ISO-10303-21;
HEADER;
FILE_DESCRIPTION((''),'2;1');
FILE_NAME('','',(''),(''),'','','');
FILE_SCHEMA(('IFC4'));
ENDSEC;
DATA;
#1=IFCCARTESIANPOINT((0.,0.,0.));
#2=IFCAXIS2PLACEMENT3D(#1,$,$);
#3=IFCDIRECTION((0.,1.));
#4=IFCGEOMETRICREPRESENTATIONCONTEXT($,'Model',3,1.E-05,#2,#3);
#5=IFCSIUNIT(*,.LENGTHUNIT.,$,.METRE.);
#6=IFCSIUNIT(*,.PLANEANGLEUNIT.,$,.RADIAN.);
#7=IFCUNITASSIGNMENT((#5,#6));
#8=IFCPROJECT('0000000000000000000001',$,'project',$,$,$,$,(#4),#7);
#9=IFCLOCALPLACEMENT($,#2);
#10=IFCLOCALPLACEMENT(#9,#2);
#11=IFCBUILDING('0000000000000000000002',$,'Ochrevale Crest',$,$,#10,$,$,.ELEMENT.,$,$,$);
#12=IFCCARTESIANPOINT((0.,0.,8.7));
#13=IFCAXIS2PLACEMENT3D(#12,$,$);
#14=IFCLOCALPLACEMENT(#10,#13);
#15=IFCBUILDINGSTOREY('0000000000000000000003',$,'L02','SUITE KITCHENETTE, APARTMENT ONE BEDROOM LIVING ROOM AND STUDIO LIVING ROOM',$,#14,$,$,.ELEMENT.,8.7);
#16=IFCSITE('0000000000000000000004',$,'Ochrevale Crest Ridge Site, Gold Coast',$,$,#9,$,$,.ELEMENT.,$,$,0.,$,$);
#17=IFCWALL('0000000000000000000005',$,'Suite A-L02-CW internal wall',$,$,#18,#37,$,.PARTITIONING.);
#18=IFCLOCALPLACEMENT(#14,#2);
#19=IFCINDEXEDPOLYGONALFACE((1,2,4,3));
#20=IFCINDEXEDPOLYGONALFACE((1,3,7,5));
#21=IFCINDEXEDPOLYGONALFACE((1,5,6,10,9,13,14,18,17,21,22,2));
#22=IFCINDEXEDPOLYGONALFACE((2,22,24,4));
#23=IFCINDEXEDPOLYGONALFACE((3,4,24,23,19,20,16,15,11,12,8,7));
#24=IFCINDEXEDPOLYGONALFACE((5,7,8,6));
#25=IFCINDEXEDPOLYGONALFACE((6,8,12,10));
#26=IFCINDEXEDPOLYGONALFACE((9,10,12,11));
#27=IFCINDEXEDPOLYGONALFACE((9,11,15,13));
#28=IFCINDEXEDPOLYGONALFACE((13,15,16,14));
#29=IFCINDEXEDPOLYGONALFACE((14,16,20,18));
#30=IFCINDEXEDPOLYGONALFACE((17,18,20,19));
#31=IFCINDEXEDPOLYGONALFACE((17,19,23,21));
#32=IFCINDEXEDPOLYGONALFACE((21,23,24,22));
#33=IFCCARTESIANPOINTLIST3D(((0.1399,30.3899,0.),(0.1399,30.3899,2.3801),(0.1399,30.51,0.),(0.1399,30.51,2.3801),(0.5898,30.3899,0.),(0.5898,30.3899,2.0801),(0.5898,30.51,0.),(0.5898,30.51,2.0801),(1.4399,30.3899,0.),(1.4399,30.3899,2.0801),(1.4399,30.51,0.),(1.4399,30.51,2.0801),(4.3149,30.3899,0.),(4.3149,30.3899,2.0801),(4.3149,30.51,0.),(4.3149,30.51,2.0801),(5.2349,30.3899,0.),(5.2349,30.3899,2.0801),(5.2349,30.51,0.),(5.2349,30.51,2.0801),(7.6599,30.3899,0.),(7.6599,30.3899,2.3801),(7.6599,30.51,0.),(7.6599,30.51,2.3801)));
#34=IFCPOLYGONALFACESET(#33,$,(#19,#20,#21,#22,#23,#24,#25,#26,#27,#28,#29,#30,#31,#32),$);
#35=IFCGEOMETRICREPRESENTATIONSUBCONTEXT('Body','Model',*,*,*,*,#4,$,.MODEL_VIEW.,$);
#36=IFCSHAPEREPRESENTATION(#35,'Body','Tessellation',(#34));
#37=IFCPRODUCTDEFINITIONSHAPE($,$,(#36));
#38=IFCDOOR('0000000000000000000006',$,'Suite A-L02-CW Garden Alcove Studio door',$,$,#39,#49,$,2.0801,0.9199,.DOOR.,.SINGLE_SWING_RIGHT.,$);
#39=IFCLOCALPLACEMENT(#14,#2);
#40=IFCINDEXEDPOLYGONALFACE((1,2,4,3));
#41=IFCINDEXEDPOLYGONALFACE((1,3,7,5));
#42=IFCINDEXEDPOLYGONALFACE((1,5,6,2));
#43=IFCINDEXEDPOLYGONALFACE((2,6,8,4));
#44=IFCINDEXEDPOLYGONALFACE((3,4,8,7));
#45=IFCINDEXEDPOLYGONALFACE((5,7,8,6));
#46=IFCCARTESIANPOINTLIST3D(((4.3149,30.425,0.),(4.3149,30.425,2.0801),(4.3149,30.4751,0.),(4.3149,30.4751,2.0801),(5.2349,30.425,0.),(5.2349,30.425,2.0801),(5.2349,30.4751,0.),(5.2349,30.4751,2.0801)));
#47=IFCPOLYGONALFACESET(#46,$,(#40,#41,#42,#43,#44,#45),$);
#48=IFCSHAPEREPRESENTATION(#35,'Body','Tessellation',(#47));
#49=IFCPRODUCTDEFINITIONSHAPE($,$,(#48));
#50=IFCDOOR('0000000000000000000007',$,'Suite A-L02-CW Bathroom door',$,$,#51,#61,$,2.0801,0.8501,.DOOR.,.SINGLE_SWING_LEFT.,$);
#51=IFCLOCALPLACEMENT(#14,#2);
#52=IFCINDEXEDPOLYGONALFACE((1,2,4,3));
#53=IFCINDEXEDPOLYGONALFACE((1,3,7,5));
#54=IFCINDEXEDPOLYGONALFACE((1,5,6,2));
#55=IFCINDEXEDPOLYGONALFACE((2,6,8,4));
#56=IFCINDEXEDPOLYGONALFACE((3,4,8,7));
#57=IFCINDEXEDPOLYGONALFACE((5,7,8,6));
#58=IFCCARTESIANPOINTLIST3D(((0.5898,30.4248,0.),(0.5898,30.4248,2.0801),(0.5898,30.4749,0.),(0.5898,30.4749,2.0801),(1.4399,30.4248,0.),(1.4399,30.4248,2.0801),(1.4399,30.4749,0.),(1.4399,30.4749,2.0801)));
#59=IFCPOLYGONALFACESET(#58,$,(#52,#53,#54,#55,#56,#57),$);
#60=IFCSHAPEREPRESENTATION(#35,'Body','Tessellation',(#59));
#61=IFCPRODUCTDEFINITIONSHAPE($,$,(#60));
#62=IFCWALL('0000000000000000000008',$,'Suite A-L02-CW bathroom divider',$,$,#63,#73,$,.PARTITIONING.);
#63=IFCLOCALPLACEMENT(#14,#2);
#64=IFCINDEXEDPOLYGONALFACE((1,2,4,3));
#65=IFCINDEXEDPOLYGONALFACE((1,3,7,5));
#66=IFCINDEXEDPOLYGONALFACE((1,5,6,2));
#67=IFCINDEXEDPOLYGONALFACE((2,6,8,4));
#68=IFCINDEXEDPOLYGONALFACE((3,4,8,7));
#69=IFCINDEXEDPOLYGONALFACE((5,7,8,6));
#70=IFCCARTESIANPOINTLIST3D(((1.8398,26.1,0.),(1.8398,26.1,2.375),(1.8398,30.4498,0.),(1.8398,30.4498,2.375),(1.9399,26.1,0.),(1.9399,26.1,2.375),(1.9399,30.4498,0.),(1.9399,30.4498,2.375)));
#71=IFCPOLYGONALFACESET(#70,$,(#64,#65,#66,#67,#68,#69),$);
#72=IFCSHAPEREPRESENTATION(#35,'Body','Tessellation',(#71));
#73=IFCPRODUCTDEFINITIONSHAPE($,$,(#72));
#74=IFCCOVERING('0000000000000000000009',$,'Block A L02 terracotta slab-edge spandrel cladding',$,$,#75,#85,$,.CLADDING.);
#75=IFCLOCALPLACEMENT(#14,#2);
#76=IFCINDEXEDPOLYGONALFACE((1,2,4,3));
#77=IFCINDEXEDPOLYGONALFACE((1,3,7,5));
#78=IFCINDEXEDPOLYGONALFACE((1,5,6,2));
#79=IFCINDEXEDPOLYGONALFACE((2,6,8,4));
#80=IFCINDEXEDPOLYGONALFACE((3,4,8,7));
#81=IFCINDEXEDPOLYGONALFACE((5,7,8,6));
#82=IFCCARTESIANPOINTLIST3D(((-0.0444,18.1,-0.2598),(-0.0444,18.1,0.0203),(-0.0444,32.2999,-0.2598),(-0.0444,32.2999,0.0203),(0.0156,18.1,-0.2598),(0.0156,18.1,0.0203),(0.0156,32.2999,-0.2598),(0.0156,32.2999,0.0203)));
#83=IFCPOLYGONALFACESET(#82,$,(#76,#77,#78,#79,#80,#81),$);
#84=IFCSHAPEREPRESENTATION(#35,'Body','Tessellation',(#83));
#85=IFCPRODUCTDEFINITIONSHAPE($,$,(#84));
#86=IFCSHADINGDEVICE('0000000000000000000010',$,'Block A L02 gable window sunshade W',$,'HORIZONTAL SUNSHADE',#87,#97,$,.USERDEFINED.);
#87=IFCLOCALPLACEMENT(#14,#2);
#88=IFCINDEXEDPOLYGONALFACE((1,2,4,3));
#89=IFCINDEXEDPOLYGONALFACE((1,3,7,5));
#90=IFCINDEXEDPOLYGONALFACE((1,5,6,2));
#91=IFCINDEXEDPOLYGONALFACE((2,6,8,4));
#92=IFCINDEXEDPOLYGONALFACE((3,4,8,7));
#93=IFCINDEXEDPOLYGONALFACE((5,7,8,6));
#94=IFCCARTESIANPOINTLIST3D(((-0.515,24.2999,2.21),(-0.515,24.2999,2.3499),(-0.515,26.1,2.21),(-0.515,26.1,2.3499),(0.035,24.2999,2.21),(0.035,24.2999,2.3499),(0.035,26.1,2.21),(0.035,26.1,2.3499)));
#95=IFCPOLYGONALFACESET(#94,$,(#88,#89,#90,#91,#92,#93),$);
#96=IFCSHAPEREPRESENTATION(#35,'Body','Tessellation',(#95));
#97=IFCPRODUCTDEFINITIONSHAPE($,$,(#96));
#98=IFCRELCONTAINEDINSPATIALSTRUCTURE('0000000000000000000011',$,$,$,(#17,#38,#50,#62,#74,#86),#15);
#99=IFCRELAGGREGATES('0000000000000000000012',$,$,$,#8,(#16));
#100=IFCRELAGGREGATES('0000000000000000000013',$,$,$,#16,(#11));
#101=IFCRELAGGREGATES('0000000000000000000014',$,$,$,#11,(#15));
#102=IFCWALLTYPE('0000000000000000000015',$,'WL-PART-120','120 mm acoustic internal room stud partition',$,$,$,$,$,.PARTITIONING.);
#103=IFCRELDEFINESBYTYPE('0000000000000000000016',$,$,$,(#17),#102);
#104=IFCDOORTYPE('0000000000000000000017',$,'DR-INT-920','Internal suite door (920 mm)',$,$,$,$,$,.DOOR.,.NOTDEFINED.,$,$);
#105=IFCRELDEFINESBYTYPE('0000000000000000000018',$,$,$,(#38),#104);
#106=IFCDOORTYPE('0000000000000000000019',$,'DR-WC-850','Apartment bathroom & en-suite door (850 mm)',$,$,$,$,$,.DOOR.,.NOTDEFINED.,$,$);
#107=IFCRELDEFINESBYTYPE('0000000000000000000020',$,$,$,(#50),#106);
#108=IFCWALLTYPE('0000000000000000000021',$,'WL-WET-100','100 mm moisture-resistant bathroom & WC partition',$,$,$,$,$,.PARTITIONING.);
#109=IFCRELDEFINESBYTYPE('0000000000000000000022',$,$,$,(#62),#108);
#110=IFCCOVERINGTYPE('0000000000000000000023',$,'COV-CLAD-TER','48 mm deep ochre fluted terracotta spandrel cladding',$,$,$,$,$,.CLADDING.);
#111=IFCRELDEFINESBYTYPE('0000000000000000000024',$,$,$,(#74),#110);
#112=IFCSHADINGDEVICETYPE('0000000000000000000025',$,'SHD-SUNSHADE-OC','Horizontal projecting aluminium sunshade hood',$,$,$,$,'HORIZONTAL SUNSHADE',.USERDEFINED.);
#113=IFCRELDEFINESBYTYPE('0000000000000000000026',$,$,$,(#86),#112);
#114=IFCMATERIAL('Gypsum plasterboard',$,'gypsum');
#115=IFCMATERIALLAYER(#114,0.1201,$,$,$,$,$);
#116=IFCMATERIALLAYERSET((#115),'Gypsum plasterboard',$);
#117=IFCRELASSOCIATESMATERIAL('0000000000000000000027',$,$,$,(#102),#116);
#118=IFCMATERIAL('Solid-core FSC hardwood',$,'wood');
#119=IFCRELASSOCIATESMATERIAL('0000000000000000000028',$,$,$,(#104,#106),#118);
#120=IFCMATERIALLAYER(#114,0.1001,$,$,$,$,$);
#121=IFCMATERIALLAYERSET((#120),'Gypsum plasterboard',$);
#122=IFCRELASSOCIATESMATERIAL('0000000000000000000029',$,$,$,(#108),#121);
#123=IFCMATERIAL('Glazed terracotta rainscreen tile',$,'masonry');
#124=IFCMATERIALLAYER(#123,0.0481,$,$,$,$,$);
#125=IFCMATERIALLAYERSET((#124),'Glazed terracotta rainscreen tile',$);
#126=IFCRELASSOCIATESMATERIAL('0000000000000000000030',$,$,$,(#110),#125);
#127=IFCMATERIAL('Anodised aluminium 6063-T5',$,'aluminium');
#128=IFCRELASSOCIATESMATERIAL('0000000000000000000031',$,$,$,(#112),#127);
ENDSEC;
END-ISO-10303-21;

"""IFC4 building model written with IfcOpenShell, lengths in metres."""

from ifc_helpers import new_model, si_unit, direction, frame, frame_2d, origin, origin_2d, place, context, subcontext, project, spatial, rectangle, extrude, material, layer, layer_set, type_object, element, fill, save


model = new_model("IFC4")

# Units and contexts
model_context = context("Model", 3, precision=1e-05, world=origin(), true_north=direction((0.0, 1.0)))
body_context = subcontext(model_context, "Body", "Model", "MODEL_VIEW")
ifc_project = project(units=[si_unit("LENGTHUNIT", "METRE"), si_unit("PLANEANGLEUNIT", "RADIAN")], contexts=[model_context])

# Site, building, storey
site_placement = place(None, origin())
site = spatial("IfcSite", under=ifc_project, at=site_placement, Name="Ochrevale Crest Ridge Site, Gold Coast", CompositionType="ELEMENT", RefElevation=0.0)
building_placement = place(site_placement, origin())
building = spatial("IfcBuilding", under=site, at=building_placement, Name="Ochrevale Crest", CompositionType="ELEMENT")
storey_placement = place(building_placement, frame((0.0, 0.0, 8.7)))
storey = spatial("IfcBuildingStorey", under=building, at=storey_placement, Name="L02", Description="SUITE KITCHENETTE, APARTMENT ONE BEDROOM LIVING ROOM AND STUDIO LIVING ROOM", CompositionType="ELEMENT", Elevation=8.7)

# Shared definitions
ifc_material_1 = material(Name="Gypsum plasterboard", Category="gypsum")
ifc_material_2 = material(Name="Solid-core FSC hardwood", Category="wood")

# Wall, openings, doors
ifc_layer_1 = layer(ifc_material_1, 0.1201)
ifc_layer_set_1 = layer_set([ifc_layer_1], Name="Gypsum plasterboard")
wall_type_1 = type_object("IfcWallType", Name="WL-PART-120", Description="120 mm acoustic internal room stud partition", PredefinedType="PARTITIONING", material=ifc_layer_set_1)
wall_1_placement = place(storey_placement, frame((0.1399, 30.45, 0.0), z_axis=(0.0, 0.0, 1.0), x_axis=(1.0, 0.0, 0.0)))
wall_1 = element("IfcWall", 1, at=wall_1_placement, inside=storey, type_object=wall_type_1, Name="Suite A-L02-CW internal wall", PredefinedType="PARTITIONING", context=body_context, shape_type="SweptSolid", body=[
    extrude(rectangle(XDim=7.52, YDim=0.1201, at=frame_2d((3.76, 0.0))), origin(), (0.0, 0.0, 1.0), 2.3801),
])
opening_1_placement = place(wall_1_placement, frame((0.45, 0.0, 0.0)))
opening_1 = element("IfcOpeningElement", 2, at=opening_1_placement, cuts=wall_1, PredefinedType="OPENING", context=body_context, shape_type="SweptSolid", body=[
    extrude(rectangle(XDim=0.8501, YDim=2.0801, at=frame_2d((0.425, 1.04))), frame((0.0, 0.0701, 0.0), z_axis=(0.0, -1.0, 0.0), x_axis=(1.0, 0.0, 0.0)), (0.0, 0.0, 1.0), 0.1401),
])
opening_2_placement = place(wall_1_placement, frame((5.095, 0.0, 0.0), z_axis=(0.0, 0.0, 1.0), x_axis=(-1.0, 0.0, 0.0)))
opening_2 = element("IfcOpeningElement", 3, at=opening_2_placement, cuts=wall_1, PredefinedType="OPENING", context=body_context, shape_type="SweptSolid", body=[
    extrude(rectangle(XDim=0.9199, YDim=2.0801, at=frame_2d((0.46, 1.04))), frame((0.0, 0.0701, 0.0), z_axis=(0.0, -1.0, 0.0), x_axis=(1.0, 0.0, 0.0)), (0.0, 0.0, 1.0), 0.1401),
])
door_type_1 = type_object("IfcDoorType", Name="DR-INT-920", Description="Internal suite door (920 mm)", OperationType="NOTDEFINED", PredefinedType="DOOR", material=ifc_material_2)
door_1_placement = place(opening_2_placement, origin())
door_1 = element("IfcDoor", 4, at=door_1_placement, inside=storey, type_object=door_type_1, Name="Suite A-L02-CW Garden Alcove Studio door", OperationType="SINGLE_SWING_RIGHT", OverallHeight=2.0801, OverallWidth=0.9199, PredefinedType="DOOR", context=body_context, shape_type="SweptSolid", body=[
    extrude(rectangle(XDim=0.9199, YDim=2.0801, at=frame_2d((0.46, 1.04))), frame((0.0, 0.0249, 0.0), z_axis=(0.0, -1.0, 0.0), x_axis=(1.0, 0.0, 0.0)), (0.0, 0.0, 1.0), 0.05),
])
fill(opening_2, door_1)
door_type_2 = type_object("IfcDoorType", Name="DR-WC-850", Description="Apartment bathroom & en-suite door (850 mm)", OperationType="NOTDEFINED", PredefinedType="DOOR", material=ifc_material_2)
door_2_placement = place(opening_1_placement, origin())
door_2 = element("IfcDoor", 5, at=door_2_placement, inside=storey, type_object=door_type_2, Name="Suite A-L02-CW Bathroom door", OperationType="SINGLE_SWING_LEFT", OverallHeight=2.0801, OverallWidth=0.8501, PredefinedType="DOOR", context=body_context, shape_type="SweptSolid", body=[
    extrude(rectangle(XDim=0.8501, YDim=2.0801, at=frame_2d((0.425, 1.04))), frame((0.0, 0.0249, 0.0), z_axis=(0.0, -1.0, 0.0), x_axis=(1.0, 0.0, 0.0)), (0.0, 0.0, 1.0), 0.05),
])
fill(opening_1, door_2)

# Wall
ifc_layer_2 = layer(ifc_material_1, 0.1001)
ifc_layer_set_2 = layer_set([ifc_layer_2], Name="Gypsum plasterboard")
wall_type_2 = type_object("IfcWallType", Name="WL-WET-100", Description="100 mm moisture-resistant bathroom & WC partition", PredefinedType="PARTITIONING", material=ifc_layer_set_2)
wall_2_placement = place(storey_placement, frame((1.8899, 26.1001, 0.0), z_axis=(0.0, 0.0, 1.0), x_axis=(0.0, 1.0, 0.0)))
element("IfcWall", 6, at=wall_2_placement, inside=storey, type_object=wall_type_2, Name="Suite A-L02-CW bathroom divider", PredefinedType="PARTITIONING", context=body_context, shape_type="SweptSolid", body=[
    extrude(rectangle(XDim=4.3499, YDim=0.1001, at=frame_2d((2.1748, 0.0))), origin(), (0.0, 0.0, 1.0), 2.375),
])

# Covering
ifc_material_3 = material(Name="Glazed terracotta rainscreen tile", Category="masonry")
ifc_layer_3 = layer(ifc_material_3, 0.0481)
ifc_layer_set_3 = layer_set([ifc_layer_3], Name="Glazed terracotta rainscreen tile")
covering_type = type_object("IfcCoveringType", Name="COV-CLAD-TER", Description="48 mm deep ochre fluted terracotta spandrel cladding", PredefinedType="CLADDING", material=ifc_layer_set_3)
covering_placement = place(storey_placement, frame((-0.0144, 25.2, -0.2598), z_axis=(0.0, 0.0, 1.0), x_axis=(0.0, -1.0, 0.0)))
element("IfcCovering", 7, at=covering_placement, inside=storey, type_object=covering_type, Name="Block A L02 terracotta slab-edge spandrel cladding", PredefinedType="CLADDING", context=body_context, shape_type="SweptSolid", body=[
    extrude(rectangle(XDim=14.2, YDim=0.0601, at=origin_2d()), origin(), (0.0, 0.0, 1.0), 0.28),
])

# Shading device
ifc_material_4 = material(Name="Anodised aluminium 6063-T5", Category="aluminium")
shading_device_type = type_object("IfcShadingDeviceType", Name="SHD-SUNSHADE-OC", Description="Horizontal projecting aluminium sunshade hood", ElementType="HORIZONTAL SUNSHADE", PredefinedType="USERDEFINED", material=ifc_material_4)
shading_device_placement = place(storey_placement, frame((-0.24, 25.2, 2.21), z_axis=(0.0, 0.0, 1.0), x_axis=(1.0, 0.0, 0.0)))
element("IfcShadingDevice", 8, at=shading_device_placement, inside=storey, type_object=shading_device_type, Name="Block A L02 gable window sunshade W", ObjectType="HORIZONTAL SUNSHADE", PredefinedType="USERDEFINED", context=body_context, shape_type="SweptSolid", body=[
    extrude(rectangle(XDim=0.55, YDim=1.8, at=origin_2d()), origin(), (0.0, 0.0, 1.0), 0.1399),
])

save(model, "model.ifc")
